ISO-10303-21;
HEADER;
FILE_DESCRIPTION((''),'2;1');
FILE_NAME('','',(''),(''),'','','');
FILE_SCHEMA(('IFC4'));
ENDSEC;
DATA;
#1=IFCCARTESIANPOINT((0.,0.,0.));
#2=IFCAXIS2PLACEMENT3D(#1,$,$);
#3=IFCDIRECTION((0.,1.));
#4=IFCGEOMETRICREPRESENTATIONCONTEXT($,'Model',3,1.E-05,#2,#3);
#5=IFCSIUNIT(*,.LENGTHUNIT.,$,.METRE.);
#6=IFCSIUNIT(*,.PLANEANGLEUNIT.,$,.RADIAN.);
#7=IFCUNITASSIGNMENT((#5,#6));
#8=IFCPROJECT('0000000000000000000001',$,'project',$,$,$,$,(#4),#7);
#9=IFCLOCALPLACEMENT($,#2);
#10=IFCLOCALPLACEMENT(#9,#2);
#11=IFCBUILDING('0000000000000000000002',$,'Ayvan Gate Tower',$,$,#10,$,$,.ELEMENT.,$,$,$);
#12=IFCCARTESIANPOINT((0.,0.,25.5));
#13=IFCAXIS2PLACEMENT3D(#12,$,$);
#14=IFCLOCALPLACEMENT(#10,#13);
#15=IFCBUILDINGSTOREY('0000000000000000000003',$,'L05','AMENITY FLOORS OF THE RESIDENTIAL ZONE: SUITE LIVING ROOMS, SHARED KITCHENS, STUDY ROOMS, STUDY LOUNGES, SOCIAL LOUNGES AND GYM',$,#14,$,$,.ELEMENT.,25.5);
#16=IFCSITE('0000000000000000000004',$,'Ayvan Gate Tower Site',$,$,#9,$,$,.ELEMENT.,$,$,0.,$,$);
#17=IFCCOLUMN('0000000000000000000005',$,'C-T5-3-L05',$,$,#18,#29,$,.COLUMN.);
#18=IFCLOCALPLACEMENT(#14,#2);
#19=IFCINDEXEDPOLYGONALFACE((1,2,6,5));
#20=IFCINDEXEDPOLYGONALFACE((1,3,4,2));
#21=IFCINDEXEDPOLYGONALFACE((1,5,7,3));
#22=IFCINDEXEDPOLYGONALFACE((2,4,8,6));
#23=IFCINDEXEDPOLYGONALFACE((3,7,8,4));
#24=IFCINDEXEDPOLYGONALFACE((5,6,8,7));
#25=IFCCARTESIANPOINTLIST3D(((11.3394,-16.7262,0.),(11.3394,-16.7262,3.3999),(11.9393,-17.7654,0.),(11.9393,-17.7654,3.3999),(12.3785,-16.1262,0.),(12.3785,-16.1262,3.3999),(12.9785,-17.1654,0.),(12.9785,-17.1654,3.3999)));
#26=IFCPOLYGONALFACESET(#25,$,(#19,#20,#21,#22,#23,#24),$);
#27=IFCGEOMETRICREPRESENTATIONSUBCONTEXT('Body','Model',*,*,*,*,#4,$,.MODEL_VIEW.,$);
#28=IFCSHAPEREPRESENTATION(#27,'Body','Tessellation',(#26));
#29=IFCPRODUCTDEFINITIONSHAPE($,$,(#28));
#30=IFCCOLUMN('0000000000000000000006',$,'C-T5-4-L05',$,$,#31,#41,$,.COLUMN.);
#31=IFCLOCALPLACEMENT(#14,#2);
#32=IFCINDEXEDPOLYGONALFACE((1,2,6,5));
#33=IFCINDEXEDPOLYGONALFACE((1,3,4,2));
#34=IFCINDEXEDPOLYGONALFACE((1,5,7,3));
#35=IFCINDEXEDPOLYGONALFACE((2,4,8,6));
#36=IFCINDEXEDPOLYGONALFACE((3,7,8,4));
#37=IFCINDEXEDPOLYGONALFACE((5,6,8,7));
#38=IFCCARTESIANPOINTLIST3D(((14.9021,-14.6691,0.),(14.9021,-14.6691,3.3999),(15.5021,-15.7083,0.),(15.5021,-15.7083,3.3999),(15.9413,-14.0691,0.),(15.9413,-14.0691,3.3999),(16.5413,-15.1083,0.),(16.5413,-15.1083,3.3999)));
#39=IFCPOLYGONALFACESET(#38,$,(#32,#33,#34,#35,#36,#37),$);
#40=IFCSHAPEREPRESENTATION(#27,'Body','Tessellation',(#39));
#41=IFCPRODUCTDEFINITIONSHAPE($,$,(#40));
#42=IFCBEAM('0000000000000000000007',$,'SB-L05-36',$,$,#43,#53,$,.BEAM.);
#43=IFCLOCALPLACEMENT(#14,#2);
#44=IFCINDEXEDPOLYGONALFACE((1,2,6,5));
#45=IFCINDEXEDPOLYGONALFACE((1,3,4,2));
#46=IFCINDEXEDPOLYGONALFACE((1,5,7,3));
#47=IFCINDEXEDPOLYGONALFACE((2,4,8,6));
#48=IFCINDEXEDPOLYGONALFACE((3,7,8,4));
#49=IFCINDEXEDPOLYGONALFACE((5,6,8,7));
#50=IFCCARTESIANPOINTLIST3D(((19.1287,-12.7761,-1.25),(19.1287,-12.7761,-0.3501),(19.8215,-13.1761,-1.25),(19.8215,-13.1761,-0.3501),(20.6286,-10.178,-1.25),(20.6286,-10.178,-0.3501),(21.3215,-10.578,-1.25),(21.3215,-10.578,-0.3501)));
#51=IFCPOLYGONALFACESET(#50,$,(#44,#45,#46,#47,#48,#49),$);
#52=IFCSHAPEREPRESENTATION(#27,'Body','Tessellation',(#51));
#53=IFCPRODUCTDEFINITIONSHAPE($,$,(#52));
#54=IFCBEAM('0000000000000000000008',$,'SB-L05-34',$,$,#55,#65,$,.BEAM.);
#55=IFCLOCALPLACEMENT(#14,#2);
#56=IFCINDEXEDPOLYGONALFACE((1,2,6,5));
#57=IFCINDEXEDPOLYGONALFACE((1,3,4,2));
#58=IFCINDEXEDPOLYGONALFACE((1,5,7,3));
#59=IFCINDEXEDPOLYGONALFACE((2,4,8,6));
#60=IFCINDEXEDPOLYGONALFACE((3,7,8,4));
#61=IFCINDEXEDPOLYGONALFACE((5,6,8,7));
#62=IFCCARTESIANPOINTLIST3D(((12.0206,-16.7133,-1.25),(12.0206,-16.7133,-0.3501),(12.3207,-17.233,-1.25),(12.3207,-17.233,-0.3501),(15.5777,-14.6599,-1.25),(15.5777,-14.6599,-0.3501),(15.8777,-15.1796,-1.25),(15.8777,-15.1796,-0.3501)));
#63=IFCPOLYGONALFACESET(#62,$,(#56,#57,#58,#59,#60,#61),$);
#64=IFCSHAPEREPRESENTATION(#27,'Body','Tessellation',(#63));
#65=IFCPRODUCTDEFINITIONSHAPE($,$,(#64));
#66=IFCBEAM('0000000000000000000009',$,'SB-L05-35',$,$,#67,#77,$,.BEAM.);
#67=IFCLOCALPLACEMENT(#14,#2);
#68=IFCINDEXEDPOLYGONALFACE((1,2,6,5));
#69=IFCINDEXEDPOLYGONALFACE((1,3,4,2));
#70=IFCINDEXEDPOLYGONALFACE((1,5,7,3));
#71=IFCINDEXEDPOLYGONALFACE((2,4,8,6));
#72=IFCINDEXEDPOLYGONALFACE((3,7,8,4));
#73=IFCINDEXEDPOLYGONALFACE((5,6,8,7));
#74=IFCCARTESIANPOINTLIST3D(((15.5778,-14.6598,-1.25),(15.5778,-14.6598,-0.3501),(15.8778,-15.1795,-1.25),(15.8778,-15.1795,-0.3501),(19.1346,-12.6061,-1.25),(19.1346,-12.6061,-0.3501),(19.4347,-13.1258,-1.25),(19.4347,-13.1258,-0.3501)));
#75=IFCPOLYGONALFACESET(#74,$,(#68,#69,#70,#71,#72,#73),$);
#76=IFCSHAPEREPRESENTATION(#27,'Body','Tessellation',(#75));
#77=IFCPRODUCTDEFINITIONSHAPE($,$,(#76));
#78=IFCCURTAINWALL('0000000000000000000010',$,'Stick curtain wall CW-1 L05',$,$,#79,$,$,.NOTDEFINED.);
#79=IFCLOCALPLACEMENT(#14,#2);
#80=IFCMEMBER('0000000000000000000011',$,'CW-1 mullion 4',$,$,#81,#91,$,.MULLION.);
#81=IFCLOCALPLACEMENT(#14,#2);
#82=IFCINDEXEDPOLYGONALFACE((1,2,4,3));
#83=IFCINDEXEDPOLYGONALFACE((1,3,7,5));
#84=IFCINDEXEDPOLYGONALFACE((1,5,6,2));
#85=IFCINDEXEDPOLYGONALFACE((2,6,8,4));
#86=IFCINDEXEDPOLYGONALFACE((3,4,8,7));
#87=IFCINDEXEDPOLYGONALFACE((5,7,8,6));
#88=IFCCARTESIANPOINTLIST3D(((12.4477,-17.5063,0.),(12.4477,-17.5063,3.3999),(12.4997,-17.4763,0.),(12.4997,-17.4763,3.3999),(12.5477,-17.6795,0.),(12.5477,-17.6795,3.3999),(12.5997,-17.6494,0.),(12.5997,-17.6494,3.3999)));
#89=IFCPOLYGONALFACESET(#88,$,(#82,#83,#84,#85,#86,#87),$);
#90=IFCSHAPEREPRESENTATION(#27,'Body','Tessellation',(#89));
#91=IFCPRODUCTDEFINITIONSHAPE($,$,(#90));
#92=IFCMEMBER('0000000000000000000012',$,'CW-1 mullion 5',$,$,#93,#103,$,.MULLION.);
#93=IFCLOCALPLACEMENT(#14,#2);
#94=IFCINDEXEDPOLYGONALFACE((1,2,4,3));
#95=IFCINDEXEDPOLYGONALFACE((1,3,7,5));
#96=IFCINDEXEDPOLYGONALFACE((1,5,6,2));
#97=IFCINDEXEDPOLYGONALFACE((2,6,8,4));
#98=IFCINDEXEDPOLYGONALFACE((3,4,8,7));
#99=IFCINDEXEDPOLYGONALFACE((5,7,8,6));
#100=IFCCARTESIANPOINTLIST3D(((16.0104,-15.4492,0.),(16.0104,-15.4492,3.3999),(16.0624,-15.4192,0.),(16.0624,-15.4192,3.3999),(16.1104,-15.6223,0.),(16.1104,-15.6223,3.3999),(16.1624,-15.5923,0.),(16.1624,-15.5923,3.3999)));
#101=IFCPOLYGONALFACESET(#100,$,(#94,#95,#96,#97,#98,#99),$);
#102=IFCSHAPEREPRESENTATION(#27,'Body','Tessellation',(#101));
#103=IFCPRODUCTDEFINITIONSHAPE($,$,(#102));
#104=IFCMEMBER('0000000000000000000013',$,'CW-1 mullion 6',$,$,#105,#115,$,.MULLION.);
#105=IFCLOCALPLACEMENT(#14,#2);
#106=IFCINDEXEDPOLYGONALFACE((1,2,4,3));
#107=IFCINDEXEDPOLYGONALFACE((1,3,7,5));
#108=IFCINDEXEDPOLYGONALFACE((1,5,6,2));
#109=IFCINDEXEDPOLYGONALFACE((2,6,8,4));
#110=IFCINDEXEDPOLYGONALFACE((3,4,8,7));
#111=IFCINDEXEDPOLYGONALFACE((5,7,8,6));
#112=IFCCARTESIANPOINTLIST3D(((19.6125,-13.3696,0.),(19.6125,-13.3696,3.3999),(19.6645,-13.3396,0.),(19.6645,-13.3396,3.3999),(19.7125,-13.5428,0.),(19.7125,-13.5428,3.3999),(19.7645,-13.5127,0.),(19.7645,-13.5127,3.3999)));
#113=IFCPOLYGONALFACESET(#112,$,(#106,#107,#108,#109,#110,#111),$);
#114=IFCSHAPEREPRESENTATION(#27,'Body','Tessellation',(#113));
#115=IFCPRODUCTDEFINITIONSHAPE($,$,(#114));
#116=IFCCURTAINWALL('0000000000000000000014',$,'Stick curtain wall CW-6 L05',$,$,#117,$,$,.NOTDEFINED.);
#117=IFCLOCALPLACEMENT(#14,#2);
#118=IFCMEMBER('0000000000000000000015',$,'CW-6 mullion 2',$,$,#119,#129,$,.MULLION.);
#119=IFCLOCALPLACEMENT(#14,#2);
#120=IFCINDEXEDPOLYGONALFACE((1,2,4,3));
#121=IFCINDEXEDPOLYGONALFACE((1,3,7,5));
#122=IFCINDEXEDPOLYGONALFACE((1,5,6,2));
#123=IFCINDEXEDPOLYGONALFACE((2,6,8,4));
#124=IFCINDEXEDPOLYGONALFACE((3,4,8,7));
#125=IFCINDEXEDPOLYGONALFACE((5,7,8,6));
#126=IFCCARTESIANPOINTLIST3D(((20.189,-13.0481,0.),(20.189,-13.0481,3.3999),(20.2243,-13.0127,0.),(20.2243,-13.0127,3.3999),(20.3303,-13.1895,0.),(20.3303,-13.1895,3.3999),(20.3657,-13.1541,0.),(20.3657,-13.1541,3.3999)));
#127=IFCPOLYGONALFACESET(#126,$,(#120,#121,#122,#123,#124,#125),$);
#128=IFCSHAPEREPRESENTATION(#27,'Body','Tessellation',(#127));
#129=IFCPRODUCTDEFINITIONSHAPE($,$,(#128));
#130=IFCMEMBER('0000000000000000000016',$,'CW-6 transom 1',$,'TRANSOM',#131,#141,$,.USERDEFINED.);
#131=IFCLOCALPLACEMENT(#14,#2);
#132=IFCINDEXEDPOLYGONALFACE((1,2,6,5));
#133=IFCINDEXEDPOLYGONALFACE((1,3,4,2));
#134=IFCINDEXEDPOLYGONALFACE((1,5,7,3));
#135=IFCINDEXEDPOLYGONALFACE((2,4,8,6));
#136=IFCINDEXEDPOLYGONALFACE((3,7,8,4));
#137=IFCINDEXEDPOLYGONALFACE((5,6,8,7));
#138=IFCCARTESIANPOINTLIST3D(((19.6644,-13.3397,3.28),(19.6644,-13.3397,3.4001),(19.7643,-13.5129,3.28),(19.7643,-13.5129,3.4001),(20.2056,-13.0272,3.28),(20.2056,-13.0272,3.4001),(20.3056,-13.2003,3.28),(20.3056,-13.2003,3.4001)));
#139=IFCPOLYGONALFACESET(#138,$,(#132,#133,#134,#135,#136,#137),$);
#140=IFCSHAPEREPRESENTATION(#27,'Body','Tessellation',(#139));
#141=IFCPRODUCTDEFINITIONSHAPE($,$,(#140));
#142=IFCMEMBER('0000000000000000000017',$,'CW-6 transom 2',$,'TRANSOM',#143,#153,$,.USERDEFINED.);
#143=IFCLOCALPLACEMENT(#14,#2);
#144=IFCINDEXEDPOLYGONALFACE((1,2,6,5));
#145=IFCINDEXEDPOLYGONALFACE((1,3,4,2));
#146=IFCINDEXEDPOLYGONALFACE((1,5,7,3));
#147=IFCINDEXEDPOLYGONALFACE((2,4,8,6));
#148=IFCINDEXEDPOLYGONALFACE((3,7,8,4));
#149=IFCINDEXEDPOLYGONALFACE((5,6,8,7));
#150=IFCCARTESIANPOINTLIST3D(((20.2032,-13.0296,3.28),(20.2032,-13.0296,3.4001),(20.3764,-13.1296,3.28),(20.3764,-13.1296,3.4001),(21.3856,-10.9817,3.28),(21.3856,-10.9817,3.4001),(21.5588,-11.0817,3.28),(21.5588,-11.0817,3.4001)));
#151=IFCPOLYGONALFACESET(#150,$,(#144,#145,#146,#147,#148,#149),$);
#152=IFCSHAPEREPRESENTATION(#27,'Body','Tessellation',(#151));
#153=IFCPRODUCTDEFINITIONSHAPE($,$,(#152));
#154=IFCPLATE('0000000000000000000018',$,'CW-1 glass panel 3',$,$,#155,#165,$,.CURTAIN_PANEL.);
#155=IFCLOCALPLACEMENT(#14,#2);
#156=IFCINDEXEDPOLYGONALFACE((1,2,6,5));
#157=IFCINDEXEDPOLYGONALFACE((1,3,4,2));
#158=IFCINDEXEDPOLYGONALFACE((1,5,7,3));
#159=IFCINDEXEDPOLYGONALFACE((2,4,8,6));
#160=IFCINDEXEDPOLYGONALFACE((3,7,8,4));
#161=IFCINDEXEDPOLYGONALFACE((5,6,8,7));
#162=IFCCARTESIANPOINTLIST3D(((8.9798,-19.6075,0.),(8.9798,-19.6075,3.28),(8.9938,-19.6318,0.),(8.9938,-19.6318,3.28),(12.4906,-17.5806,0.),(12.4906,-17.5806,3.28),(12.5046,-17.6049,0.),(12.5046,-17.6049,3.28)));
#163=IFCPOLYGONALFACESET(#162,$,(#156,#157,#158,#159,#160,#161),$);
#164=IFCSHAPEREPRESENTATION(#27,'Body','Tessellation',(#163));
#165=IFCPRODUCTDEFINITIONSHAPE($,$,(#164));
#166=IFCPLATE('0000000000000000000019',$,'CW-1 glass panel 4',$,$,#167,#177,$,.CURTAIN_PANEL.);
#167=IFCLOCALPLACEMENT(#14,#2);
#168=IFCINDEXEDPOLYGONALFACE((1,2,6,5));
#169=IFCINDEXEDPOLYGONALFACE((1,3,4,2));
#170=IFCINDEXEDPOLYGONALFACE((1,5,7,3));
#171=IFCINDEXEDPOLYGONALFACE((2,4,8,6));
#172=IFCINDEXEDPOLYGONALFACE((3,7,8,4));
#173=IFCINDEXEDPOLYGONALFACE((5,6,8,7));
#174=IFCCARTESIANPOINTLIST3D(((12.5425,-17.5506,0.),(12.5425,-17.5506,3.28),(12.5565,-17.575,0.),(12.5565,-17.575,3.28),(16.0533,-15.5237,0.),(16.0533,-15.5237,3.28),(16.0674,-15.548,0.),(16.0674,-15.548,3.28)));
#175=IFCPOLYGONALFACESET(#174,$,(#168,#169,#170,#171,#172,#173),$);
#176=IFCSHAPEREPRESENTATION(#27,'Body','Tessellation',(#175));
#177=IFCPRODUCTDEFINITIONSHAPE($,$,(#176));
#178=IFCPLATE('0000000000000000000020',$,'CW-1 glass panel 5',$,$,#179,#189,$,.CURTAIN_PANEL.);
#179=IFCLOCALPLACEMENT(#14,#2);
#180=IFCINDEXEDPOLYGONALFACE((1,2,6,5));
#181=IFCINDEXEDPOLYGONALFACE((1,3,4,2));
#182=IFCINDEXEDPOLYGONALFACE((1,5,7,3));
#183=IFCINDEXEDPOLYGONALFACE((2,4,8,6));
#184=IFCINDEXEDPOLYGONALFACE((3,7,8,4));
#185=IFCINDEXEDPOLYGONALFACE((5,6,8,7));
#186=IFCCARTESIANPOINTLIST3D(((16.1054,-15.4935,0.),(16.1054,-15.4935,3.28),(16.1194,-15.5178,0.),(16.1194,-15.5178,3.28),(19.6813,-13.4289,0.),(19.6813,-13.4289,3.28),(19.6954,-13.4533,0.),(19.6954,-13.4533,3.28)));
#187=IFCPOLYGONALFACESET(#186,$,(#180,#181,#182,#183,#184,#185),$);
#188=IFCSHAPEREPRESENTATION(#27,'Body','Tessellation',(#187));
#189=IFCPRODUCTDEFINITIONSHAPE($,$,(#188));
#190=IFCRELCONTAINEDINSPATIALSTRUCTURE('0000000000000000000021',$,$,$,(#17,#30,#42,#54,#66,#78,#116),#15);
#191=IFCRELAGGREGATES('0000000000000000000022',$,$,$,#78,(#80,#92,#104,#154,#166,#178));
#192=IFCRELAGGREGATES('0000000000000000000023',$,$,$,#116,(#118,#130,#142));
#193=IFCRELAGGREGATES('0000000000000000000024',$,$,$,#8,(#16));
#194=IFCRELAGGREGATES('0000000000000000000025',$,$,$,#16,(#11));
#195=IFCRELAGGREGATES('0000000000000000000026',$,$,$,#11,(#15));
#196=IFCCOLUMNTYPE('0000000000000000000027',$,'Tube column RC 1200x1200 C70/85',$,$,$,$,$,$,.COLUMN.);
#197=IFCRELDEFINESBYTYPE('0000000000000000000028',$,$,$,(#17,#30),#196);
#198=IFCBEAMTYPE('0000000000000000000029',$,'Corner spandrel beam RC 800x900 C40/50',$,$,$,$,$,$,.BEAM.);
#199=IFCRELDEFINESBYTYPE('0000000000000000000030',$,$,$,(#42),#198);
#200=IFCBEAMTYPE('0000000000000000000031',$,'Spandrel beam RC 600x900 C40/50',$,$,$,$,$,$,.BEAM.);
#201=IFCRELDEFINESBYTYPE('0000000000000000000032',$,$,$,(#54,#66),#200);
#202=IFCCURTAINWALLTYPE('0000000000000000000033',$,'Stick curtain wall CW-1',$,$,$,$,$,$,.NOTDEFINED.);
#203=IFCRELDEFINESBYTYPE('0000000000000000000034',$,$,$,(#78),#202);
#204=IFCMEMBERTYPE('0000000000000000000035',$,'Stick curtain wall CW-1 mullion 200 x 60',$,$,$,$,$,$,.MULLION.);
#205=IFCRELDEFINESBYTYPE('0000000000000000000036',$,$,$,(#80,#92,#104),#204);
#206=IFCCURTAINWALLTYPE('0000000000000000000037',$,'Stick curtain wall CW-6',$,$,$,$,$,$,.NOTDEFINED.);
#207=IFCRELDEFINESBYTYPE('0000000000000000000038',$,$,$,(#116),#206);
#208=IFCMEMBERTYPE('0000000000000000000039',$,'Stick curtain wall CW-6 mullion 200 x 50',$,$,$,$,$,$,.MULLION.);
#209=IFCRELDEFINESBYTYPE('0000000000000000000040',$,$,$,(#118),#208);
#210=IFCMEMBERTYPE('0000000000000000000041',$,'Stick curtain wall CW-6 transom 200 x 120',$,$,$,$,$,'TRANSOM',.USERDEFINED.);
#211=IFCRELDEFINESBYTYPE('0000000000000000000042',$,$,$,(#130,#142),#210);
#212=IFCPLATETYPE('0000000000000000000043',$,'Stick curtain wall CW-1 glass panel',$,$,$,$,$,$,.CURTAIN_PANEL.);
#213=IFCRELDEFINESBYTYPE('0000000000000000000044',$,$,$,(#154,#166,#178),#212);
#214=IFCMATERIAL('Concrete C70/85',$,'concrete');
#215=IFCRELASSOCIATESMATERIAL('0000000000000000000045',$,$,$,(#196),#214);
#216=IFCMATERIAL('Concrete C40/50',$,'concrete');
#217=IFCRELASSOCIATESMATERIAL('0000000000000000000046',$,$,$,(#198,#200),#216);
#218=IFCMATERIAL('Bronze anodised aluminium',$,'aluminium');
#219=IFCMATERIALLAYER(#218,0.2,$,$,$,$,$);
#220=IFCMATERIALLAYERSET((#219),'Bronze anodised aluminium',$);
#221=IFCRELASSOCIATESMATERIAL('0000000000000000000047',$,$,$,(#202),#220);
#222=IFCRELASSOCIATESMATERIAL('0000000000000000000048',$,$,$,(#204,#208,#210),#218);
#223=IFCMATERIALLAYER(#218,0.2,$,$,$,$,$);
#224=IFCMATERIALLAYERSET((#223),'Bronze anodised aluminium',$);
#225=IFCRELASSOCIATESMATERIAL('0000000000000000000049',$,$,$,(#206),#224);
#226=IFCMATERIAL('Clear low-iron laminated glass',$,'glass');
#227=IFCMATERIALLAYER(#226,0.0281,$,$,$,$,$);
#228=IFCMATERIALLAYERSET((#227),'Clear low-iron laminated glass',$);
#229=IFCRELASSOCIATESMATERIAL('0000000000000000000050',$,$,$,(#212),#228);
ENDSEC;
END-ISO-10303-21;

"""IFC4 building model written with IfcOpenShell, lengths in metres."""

from ifc_helpers import new_model, si_unit, direction, frame, origin, origin_2d, place, context, subcontext, project, spatial, rectangle, extrude, material, layer, layer_set, material_profile, profile_set, type_object, element, aggregate, save


model = new_model("IFC4")

# Units and contexts
model_context = context("Model", 3, precision=1e-05, world=origin(), true_north=direction((0.0, 1.0)))
body_context = subcontext(model_context, "Body", "Model", "MODEL_VIEW")
ifc_project = project(units=[si_unit("LENGTHUNIT", "METRE"), si_unit("PLANEANGLEUNIT", "RADIAN")], contexts=[model_context])

# Site, building, storey
site_placement = place(None, origin())
site = spatial("IfcSite", under=ifc_project, at=site_placement, Name="Ayvan Gate Tower Site", CompositionType="ELEMENT", RefElevation=0.0)
building_placement = place(site_placement, origin())
building = spatial("IfcBuilding", under=site, at=building_placement, Name="Ayvan Gate Tower", CompositionType="ELEMENT")
storey_placement = place(building_placement, frame((0.0, 0.0, 25.5)))
storey = spatial("IfcBuildingStorey", under=building, at=storey_placement, Name="L05", Description="AMENITY FLOORS OF THE RESIDENTIAL ZONE: SUITE LIVING ROOMS, SHARED KITCHENS, STUDY ROOMS, STUDY LOUNGES, SOCIAL LOUNGES AND GYM", CompositionType="ELEMENT", Elevation=25.5)

# Columns
ifc_material_1 = material(Name="Concrete C70/85", Category="concrete")
ifc_material_profile_1 = material_profile(ifc_material_1, rectangle(XDim=1.2, YDim=1.2, at=origin_2d()), Name="RC 1200x1200")
ifc_profile_set_1 = profile_set([ifc_material_profile_1], Name="Concrete C70/85")
column_type = type_object("IfcColumnType", Name="Tube column RC 1200x1200 C70/85", PredefinedType="COLUMN", material=ifc_profile_set_1)
for number, where, z_axis, x_axis, name in (
    (1, (12.1589, -16.9458, 0.0), (0.0, 0.0, 1.0), (0.5, -0.866025, 0.0), "C-T5-3-L05"),
    (2, (15.7217, -14.8887, 0.0), (0.0, 0.0, 1.0), (0.5, -0.866025, 0.0), "C-T5-4-L05"),
):
    element("IfcColumn", number, at=place(storey_placement, frame(where, z_axis=z_axis, x_axis=x_axis)), inside=storey, type_object=column_type, Name=name, PredefinedType="COLUMN", context=body_context, shape_type="SweptSolid", body=[
        extrude(rectangle(XDim=1.2, YDim=1.2, at=origin_2d()), origin(), (0.0, 0.0, 1.0), 3.3999),
    ])

# Beams
ifc_material_2 = material(Name="Concrete C40/50", Category="concrete")
ifc_material_profile_2 = material_profile(ifc_material_2, rectangle(XDim=0.8, YDim=0.8999, at=origin_2d()), Name="RC 800x900")
ifc_profile_set_2 = profile_set([ifc_material_profile_2], Name="Concrete C40/50")
beam_type_1 = type_object("IfcBeamType", Name="Corner spandrel beam RC 800x900 C40/50", PredefinedType="BEAM", material=ifc_profile_set_2)
beam_placement = place(storey_placement, frame((19.4751, -12.9761, -0.8), z_axis=(0.49999, 0.866031, 0.0), x_axis=(-0.866031, 0.49999, 0.0)))
element("IfcBeam", 3, at=beam_placement, inside=storey, type_object=beam_type_1, Name="SB-L05-36", PredefinedType="BEAM", context=body_context, shape_type="SweptSolid", body=[
    extrude(rectangle(XDim=0.8, YDim=0.8999, at=origin_2d()), origin(), (0.0, 0.0, 1.0), 3.0),
])
ifc_material_profile_3 = material_profile(ifc_material_2, rectangle(XDim=0.6001, YDim=0.8999, at=origin_2d()), Name="RC 600x900")
ifc_profile_set_3 = profile_set([ifc_material_profile_3], Name="Concrete C40/50")
beam_type_2 = type_object("IfcBeamType", Name="Spandrel beam RC 600x900 C40/50", PredefinedType="BEAM", material=ifc_profile_set_3)
for number, where, z_axis, x_axis, name in (
    (4, (12.1707, -16.9731, -0.8), (0.866051, 0.499956, 0.0), (-0.499956, 0.866051, 0.0), "SB-L05-34"),
    (5, (15.7278, -14.9197, -0.8), (0.86601, 0.500026, 0.0), (-0.500026, 0.86601, 0.0), "SB-L05-35"),
):
    element("IfcBeam", number, at=place(storey_placement, frame(where, z_axis=z_axis, x_axis=x_axis)), inside=storey, type_object=beam_type_2, Name=name, PredefinedType="BEAM", context=body_context, shape_type="SweptSolid", body=[
        extrude(rectangle(XDim=0.6001, YDim=0.8999, at=origin_2d()), origin(), (0.0, 0.0, 1.0), 4.1072),
    ])

# Curtain walls, members
ifc_material_3 = material(Name="Bronze anodised aluminium", Category="aluminium")
ifc_layer_1 = layer(ifc_material_3, 0.2)
ifc_layer_set_1 = layer_set([ifc_layer_1], Name="Bronze anodised aluminium")
curtain_wall_type_1 = type_object("IfcCurtainWallType", Name="Stick curtain wall CW-1", PredefinedType="NOTDEFINED", material=ifc_layer_set_1)
curtain_wall_1_placement = place(storey_placement, origin())
curtain_wall_1 = element("IfcCurtainWall", 6, at=curtain_wall_1_placement, inside=storey, type_object=curtain_wall_type_1, Name="Stick curtain wall CW-1 L05", PredefinedType="NOTDEFINED")
ifc_material_profile_4 = material_profile(ifc_material_3, rectangle(XDim=0.2, YDim=0.0601, at=origin_2d()), Name="Stick curtain wall CW-1 mullion 200 x 60")
ifc_profile_set_4 = profile_set([ifc_material_profile_4], Name="Bronze anodised aluminium")
member_type_1 = type_object("IfcMemberType", Name="Stick curtain wall CW-1 mullion 200 x 60", PredefinedType="MULLION", material=ifc_profile_set_4)
member_1_placement = place(storey_placement, frame((12.5237, -17.5779, 0.0), z_axis=(0.0, 0.0, 1.0), x_axis=(0.5, -0.866025, 0.0)))
member_1 = element("IfcMember", 7, at=member_1_placement, type_object=member_type_1, Name="CW-1 mullion 4", PredefinedType="MULLION", context=body_context, shape_type="SweptSolid", body=[
    extrude(rectangle(XDim=0.2, YDim=0.0601, at=origin_2d()), origin(), (0.0, 0.0, 1.0), 3.3999),
])
member_2_placement = place(storey_placement, frame((16.0864, -15.5208, 0.0), z_axis=(0.0, 0.0, 1.0), x_axis=(0.5, -0.866025, 0.0)))
member_2 = element("IfcMember", 8, at=member_2_placement, type_object=member_type_1, Name="CW-1 mullion 5", PredefinedType="MULLION", context=body_context, shape_type="SweptSolid", body=[
    extrude(rectangle(XDim=0.2, YDim=0.0601, at=origin_2d()), origin(), (0.0, 0.0, 1.0), 3.3999),
])
member_3_placement = place(storey_placement, frame((19.6885, -13.4412, 0.0), z_axis=(0.0, 0.0, 1.0), x_axis=(0.5, -0.866025, 0.0)))
member_3 = element("IfcMember", 9, at=member_3_placement, type_object=member_type_1, Name="CW-1 mullion 6", PredefinedType="MULLION", context=body_context, shape_type="SweptSolid", body=[
    extrude(rectangle(XDim=0.2, YDim=0.0601, at=origin_2d()), origin(), (0.0, 0.0, 1.0), 3.3999),
])
ifc_layer_2 = layer(ifc_material_3, 0.2)
ifc_layer_set_2 = layer_set([ifc_layer_2], Name="Bronze anodised aluminium")
curtain_wall_type_2 = type_object("IfcCurtainWallType", Name="Stick curtain wall CW-6", PredefinedType="NOTDEFINED", material=ifc_layer_set_2)
curtain_wall_2_placement = place(storey_placement, origin())
curtain_wall_2 = element("IfcCurtainWall", 10, at=curtain_wall_2_placement, inside=storey, type_object=curtain_wall_type_2, Name="Stick curtain wall CW-6 L05", PredefinedType="NOTDEFINED")
ifc_material_profile_5 = material_profile(ifc_material_3, rectangle(XDim=0.2, YDim=0.05, at=origin_2d()), Name="Stick curtain wall CW-6 mullion 200 x 50")
ifc_profile_set_5 = profile_set([ifc_material_profile_5], Name="Bronze anodised aluminium")
member_type_2 = type_object("IfcMemberType", Name="Stick curtain wall CW-6 mullion 200 x 50", PredefinedType="MULLION", material=ifc_profile_set_5)
member_4_placement = place(storey_placement, frame((20.2773, -13.1011, 0.0), z_axis=(0.0, 0.0, 1.0), x_axis=(0.707107, -0.707107, 0.0)))
member_4 = element("IfcMember", 11, at=member_4_placement, type_object=member_type_2, Name="CW-6 mullion 2", PredefinedType="MULLION", context=body_context, shape_type="SweptSolid", body=[
    extrude(rectangle(XDim=0.2, YDim=0.05, at=origin_2d()), origin(), (0.0, 0.0, 1.0), 3.3999),
])
ifc_material_profile_6 = material_profile(ifc_material_3, rectangle(XDim=0.2, YDim=0.1201, at=origin_2d()), Name="Stick curtain wall CW-6 transom 200 x 120")
ifc_profile_set_6 = profile_set([ifc_material_profile_6], Name="Bronze anodised aluminium")
member_type_3 = type_object("IfcMemberType", Name="Stick curtain wall CW-6 transom 200 x 120", ElementType="TRANSOM", PredefinedType="USERDEFINED", material=ifc_profile_set_6)
member_5_placement = place(storey_placement, frame((19.7144, -13.4263, 3.3401), z_axis=(0.866023, 0.500004, 0.0), x_axis=(-0.500004, 0.866023, 0.0)))
member_5 = element("IfcMember", 12, at=member_5_placement, type_object=member_type_3, Name="CW-6 transom 1", ObjectType="TRANSOM", PredefinedType="USERDEFINED", context=body_context, shape_type="SweptSolid", body=[
    extrude(rectangle(XDim=0.2, YDim=0.1201, at=origin_2d()), origin(), (0.0, 0.0, 1.0), 0.625),
])
member_6_placement = place(storey_placement, frame((20.2898, -13.0796, 3.3401), z_axis=(0.500014, 0.866017, 0.0), x_axis=(-0.866017, 0.500014, 0.0)))
member_6 = element("IfcMember", 13, at=member_6_placement, type_object=member_type_3, Name="CW-6 transom 2", ObjectType="TRANSOM", PredefinedType="USERDEFINED", context=body_context, shape_type="SweptSolid", body=[
    extrude(rectangle(XDim=0.2, YDim=0.1201, at=origin_2d()), origin(), (0.0, 0.0, 1.0), 2.3647),
])

# Plates
ifc_material_4 = material(Name="Clear low-iron laminated glass", Category="glass")
ifc_layer_3 = layer(ifc_material_4, 0.0281)
ifc_layer_set_3 = layer_set([ifc_layer_3], Name="Clear low-iron laminated glass")
plate_type_1 = type_object("IfcPlateType", Name="Stick curtain wall CW-1 glass panel", PredefinedType="CURTAIN_PANEL", material=ifc_layer_set_3)
plate_1_placement = place(storey_placement, frame((10.7422, -18.6062, 0.0), z_axis=(0.0, 0.0, 1.0), x_axis=(0.866025, 0.5, 0.0)))
plate_1 = element("IfcPlate", 14, at=plate_1_placement, type_object=plate_type_1, Name="CW-1 glass panel 3", PredefinedType="CURTAIN_PANEL", context=body_context, shape_type="SweptSolid", body=[
    extrude(rectangle(XDim=4.054, YDim=0.0281, at=origin_2d()), origin(), (0.0, 0.0, 1.0), 3.28),
])
plate_2_placement = place(storey_placement, frame((14.3049, -16.5493, 0.0), z_axis=(0.0, 0.0, 1.0), x_axis=(0.866025, 0.5, 0.0)))
plate_2 = element("IfcPlate", 15, at=plate_2_placement, type_object=plate_type_1, Name="CW-1 glass panel 4", PredefinedType="CURTAIN_PANEL", context=body_context, shape_type="SweptSolid", body=[
    extrude(rectangle(XDim=4.054, YDim=0.0281, at=origin_2d()), origin(), (0.0, 0.0, 1.0), 3.28),
])
plate_3_placement = place(storey_placement, frame((17.9004, -14.4734, 0.0), z_axis=(0.0, 0.0, 1.0), x_axis=(0.866025, 0.5, 0.0)))
plate_3 = element("IfcPlate", 16, at=plate_3_placement, type_object=plate_type_1, Name="CW-1 glass panel 5", PredefinedType="CURTAIN_PANEL", context=body_context, shape_type="SweptSolid", body=[
    extrude(rectangle(XDim=4.1292, YDim=0.0281, at=origin_2d()), origin(), (0.0, 0.0, 1.0), 3.28),
])
aggregate(curtain_wall_1, [member_1, member_2, member_3, plate_1, plate_2, plate_3])
aggregate(curtain_wall_2, [member_4, member_5, member_6])

save(model, "model.ifc")
